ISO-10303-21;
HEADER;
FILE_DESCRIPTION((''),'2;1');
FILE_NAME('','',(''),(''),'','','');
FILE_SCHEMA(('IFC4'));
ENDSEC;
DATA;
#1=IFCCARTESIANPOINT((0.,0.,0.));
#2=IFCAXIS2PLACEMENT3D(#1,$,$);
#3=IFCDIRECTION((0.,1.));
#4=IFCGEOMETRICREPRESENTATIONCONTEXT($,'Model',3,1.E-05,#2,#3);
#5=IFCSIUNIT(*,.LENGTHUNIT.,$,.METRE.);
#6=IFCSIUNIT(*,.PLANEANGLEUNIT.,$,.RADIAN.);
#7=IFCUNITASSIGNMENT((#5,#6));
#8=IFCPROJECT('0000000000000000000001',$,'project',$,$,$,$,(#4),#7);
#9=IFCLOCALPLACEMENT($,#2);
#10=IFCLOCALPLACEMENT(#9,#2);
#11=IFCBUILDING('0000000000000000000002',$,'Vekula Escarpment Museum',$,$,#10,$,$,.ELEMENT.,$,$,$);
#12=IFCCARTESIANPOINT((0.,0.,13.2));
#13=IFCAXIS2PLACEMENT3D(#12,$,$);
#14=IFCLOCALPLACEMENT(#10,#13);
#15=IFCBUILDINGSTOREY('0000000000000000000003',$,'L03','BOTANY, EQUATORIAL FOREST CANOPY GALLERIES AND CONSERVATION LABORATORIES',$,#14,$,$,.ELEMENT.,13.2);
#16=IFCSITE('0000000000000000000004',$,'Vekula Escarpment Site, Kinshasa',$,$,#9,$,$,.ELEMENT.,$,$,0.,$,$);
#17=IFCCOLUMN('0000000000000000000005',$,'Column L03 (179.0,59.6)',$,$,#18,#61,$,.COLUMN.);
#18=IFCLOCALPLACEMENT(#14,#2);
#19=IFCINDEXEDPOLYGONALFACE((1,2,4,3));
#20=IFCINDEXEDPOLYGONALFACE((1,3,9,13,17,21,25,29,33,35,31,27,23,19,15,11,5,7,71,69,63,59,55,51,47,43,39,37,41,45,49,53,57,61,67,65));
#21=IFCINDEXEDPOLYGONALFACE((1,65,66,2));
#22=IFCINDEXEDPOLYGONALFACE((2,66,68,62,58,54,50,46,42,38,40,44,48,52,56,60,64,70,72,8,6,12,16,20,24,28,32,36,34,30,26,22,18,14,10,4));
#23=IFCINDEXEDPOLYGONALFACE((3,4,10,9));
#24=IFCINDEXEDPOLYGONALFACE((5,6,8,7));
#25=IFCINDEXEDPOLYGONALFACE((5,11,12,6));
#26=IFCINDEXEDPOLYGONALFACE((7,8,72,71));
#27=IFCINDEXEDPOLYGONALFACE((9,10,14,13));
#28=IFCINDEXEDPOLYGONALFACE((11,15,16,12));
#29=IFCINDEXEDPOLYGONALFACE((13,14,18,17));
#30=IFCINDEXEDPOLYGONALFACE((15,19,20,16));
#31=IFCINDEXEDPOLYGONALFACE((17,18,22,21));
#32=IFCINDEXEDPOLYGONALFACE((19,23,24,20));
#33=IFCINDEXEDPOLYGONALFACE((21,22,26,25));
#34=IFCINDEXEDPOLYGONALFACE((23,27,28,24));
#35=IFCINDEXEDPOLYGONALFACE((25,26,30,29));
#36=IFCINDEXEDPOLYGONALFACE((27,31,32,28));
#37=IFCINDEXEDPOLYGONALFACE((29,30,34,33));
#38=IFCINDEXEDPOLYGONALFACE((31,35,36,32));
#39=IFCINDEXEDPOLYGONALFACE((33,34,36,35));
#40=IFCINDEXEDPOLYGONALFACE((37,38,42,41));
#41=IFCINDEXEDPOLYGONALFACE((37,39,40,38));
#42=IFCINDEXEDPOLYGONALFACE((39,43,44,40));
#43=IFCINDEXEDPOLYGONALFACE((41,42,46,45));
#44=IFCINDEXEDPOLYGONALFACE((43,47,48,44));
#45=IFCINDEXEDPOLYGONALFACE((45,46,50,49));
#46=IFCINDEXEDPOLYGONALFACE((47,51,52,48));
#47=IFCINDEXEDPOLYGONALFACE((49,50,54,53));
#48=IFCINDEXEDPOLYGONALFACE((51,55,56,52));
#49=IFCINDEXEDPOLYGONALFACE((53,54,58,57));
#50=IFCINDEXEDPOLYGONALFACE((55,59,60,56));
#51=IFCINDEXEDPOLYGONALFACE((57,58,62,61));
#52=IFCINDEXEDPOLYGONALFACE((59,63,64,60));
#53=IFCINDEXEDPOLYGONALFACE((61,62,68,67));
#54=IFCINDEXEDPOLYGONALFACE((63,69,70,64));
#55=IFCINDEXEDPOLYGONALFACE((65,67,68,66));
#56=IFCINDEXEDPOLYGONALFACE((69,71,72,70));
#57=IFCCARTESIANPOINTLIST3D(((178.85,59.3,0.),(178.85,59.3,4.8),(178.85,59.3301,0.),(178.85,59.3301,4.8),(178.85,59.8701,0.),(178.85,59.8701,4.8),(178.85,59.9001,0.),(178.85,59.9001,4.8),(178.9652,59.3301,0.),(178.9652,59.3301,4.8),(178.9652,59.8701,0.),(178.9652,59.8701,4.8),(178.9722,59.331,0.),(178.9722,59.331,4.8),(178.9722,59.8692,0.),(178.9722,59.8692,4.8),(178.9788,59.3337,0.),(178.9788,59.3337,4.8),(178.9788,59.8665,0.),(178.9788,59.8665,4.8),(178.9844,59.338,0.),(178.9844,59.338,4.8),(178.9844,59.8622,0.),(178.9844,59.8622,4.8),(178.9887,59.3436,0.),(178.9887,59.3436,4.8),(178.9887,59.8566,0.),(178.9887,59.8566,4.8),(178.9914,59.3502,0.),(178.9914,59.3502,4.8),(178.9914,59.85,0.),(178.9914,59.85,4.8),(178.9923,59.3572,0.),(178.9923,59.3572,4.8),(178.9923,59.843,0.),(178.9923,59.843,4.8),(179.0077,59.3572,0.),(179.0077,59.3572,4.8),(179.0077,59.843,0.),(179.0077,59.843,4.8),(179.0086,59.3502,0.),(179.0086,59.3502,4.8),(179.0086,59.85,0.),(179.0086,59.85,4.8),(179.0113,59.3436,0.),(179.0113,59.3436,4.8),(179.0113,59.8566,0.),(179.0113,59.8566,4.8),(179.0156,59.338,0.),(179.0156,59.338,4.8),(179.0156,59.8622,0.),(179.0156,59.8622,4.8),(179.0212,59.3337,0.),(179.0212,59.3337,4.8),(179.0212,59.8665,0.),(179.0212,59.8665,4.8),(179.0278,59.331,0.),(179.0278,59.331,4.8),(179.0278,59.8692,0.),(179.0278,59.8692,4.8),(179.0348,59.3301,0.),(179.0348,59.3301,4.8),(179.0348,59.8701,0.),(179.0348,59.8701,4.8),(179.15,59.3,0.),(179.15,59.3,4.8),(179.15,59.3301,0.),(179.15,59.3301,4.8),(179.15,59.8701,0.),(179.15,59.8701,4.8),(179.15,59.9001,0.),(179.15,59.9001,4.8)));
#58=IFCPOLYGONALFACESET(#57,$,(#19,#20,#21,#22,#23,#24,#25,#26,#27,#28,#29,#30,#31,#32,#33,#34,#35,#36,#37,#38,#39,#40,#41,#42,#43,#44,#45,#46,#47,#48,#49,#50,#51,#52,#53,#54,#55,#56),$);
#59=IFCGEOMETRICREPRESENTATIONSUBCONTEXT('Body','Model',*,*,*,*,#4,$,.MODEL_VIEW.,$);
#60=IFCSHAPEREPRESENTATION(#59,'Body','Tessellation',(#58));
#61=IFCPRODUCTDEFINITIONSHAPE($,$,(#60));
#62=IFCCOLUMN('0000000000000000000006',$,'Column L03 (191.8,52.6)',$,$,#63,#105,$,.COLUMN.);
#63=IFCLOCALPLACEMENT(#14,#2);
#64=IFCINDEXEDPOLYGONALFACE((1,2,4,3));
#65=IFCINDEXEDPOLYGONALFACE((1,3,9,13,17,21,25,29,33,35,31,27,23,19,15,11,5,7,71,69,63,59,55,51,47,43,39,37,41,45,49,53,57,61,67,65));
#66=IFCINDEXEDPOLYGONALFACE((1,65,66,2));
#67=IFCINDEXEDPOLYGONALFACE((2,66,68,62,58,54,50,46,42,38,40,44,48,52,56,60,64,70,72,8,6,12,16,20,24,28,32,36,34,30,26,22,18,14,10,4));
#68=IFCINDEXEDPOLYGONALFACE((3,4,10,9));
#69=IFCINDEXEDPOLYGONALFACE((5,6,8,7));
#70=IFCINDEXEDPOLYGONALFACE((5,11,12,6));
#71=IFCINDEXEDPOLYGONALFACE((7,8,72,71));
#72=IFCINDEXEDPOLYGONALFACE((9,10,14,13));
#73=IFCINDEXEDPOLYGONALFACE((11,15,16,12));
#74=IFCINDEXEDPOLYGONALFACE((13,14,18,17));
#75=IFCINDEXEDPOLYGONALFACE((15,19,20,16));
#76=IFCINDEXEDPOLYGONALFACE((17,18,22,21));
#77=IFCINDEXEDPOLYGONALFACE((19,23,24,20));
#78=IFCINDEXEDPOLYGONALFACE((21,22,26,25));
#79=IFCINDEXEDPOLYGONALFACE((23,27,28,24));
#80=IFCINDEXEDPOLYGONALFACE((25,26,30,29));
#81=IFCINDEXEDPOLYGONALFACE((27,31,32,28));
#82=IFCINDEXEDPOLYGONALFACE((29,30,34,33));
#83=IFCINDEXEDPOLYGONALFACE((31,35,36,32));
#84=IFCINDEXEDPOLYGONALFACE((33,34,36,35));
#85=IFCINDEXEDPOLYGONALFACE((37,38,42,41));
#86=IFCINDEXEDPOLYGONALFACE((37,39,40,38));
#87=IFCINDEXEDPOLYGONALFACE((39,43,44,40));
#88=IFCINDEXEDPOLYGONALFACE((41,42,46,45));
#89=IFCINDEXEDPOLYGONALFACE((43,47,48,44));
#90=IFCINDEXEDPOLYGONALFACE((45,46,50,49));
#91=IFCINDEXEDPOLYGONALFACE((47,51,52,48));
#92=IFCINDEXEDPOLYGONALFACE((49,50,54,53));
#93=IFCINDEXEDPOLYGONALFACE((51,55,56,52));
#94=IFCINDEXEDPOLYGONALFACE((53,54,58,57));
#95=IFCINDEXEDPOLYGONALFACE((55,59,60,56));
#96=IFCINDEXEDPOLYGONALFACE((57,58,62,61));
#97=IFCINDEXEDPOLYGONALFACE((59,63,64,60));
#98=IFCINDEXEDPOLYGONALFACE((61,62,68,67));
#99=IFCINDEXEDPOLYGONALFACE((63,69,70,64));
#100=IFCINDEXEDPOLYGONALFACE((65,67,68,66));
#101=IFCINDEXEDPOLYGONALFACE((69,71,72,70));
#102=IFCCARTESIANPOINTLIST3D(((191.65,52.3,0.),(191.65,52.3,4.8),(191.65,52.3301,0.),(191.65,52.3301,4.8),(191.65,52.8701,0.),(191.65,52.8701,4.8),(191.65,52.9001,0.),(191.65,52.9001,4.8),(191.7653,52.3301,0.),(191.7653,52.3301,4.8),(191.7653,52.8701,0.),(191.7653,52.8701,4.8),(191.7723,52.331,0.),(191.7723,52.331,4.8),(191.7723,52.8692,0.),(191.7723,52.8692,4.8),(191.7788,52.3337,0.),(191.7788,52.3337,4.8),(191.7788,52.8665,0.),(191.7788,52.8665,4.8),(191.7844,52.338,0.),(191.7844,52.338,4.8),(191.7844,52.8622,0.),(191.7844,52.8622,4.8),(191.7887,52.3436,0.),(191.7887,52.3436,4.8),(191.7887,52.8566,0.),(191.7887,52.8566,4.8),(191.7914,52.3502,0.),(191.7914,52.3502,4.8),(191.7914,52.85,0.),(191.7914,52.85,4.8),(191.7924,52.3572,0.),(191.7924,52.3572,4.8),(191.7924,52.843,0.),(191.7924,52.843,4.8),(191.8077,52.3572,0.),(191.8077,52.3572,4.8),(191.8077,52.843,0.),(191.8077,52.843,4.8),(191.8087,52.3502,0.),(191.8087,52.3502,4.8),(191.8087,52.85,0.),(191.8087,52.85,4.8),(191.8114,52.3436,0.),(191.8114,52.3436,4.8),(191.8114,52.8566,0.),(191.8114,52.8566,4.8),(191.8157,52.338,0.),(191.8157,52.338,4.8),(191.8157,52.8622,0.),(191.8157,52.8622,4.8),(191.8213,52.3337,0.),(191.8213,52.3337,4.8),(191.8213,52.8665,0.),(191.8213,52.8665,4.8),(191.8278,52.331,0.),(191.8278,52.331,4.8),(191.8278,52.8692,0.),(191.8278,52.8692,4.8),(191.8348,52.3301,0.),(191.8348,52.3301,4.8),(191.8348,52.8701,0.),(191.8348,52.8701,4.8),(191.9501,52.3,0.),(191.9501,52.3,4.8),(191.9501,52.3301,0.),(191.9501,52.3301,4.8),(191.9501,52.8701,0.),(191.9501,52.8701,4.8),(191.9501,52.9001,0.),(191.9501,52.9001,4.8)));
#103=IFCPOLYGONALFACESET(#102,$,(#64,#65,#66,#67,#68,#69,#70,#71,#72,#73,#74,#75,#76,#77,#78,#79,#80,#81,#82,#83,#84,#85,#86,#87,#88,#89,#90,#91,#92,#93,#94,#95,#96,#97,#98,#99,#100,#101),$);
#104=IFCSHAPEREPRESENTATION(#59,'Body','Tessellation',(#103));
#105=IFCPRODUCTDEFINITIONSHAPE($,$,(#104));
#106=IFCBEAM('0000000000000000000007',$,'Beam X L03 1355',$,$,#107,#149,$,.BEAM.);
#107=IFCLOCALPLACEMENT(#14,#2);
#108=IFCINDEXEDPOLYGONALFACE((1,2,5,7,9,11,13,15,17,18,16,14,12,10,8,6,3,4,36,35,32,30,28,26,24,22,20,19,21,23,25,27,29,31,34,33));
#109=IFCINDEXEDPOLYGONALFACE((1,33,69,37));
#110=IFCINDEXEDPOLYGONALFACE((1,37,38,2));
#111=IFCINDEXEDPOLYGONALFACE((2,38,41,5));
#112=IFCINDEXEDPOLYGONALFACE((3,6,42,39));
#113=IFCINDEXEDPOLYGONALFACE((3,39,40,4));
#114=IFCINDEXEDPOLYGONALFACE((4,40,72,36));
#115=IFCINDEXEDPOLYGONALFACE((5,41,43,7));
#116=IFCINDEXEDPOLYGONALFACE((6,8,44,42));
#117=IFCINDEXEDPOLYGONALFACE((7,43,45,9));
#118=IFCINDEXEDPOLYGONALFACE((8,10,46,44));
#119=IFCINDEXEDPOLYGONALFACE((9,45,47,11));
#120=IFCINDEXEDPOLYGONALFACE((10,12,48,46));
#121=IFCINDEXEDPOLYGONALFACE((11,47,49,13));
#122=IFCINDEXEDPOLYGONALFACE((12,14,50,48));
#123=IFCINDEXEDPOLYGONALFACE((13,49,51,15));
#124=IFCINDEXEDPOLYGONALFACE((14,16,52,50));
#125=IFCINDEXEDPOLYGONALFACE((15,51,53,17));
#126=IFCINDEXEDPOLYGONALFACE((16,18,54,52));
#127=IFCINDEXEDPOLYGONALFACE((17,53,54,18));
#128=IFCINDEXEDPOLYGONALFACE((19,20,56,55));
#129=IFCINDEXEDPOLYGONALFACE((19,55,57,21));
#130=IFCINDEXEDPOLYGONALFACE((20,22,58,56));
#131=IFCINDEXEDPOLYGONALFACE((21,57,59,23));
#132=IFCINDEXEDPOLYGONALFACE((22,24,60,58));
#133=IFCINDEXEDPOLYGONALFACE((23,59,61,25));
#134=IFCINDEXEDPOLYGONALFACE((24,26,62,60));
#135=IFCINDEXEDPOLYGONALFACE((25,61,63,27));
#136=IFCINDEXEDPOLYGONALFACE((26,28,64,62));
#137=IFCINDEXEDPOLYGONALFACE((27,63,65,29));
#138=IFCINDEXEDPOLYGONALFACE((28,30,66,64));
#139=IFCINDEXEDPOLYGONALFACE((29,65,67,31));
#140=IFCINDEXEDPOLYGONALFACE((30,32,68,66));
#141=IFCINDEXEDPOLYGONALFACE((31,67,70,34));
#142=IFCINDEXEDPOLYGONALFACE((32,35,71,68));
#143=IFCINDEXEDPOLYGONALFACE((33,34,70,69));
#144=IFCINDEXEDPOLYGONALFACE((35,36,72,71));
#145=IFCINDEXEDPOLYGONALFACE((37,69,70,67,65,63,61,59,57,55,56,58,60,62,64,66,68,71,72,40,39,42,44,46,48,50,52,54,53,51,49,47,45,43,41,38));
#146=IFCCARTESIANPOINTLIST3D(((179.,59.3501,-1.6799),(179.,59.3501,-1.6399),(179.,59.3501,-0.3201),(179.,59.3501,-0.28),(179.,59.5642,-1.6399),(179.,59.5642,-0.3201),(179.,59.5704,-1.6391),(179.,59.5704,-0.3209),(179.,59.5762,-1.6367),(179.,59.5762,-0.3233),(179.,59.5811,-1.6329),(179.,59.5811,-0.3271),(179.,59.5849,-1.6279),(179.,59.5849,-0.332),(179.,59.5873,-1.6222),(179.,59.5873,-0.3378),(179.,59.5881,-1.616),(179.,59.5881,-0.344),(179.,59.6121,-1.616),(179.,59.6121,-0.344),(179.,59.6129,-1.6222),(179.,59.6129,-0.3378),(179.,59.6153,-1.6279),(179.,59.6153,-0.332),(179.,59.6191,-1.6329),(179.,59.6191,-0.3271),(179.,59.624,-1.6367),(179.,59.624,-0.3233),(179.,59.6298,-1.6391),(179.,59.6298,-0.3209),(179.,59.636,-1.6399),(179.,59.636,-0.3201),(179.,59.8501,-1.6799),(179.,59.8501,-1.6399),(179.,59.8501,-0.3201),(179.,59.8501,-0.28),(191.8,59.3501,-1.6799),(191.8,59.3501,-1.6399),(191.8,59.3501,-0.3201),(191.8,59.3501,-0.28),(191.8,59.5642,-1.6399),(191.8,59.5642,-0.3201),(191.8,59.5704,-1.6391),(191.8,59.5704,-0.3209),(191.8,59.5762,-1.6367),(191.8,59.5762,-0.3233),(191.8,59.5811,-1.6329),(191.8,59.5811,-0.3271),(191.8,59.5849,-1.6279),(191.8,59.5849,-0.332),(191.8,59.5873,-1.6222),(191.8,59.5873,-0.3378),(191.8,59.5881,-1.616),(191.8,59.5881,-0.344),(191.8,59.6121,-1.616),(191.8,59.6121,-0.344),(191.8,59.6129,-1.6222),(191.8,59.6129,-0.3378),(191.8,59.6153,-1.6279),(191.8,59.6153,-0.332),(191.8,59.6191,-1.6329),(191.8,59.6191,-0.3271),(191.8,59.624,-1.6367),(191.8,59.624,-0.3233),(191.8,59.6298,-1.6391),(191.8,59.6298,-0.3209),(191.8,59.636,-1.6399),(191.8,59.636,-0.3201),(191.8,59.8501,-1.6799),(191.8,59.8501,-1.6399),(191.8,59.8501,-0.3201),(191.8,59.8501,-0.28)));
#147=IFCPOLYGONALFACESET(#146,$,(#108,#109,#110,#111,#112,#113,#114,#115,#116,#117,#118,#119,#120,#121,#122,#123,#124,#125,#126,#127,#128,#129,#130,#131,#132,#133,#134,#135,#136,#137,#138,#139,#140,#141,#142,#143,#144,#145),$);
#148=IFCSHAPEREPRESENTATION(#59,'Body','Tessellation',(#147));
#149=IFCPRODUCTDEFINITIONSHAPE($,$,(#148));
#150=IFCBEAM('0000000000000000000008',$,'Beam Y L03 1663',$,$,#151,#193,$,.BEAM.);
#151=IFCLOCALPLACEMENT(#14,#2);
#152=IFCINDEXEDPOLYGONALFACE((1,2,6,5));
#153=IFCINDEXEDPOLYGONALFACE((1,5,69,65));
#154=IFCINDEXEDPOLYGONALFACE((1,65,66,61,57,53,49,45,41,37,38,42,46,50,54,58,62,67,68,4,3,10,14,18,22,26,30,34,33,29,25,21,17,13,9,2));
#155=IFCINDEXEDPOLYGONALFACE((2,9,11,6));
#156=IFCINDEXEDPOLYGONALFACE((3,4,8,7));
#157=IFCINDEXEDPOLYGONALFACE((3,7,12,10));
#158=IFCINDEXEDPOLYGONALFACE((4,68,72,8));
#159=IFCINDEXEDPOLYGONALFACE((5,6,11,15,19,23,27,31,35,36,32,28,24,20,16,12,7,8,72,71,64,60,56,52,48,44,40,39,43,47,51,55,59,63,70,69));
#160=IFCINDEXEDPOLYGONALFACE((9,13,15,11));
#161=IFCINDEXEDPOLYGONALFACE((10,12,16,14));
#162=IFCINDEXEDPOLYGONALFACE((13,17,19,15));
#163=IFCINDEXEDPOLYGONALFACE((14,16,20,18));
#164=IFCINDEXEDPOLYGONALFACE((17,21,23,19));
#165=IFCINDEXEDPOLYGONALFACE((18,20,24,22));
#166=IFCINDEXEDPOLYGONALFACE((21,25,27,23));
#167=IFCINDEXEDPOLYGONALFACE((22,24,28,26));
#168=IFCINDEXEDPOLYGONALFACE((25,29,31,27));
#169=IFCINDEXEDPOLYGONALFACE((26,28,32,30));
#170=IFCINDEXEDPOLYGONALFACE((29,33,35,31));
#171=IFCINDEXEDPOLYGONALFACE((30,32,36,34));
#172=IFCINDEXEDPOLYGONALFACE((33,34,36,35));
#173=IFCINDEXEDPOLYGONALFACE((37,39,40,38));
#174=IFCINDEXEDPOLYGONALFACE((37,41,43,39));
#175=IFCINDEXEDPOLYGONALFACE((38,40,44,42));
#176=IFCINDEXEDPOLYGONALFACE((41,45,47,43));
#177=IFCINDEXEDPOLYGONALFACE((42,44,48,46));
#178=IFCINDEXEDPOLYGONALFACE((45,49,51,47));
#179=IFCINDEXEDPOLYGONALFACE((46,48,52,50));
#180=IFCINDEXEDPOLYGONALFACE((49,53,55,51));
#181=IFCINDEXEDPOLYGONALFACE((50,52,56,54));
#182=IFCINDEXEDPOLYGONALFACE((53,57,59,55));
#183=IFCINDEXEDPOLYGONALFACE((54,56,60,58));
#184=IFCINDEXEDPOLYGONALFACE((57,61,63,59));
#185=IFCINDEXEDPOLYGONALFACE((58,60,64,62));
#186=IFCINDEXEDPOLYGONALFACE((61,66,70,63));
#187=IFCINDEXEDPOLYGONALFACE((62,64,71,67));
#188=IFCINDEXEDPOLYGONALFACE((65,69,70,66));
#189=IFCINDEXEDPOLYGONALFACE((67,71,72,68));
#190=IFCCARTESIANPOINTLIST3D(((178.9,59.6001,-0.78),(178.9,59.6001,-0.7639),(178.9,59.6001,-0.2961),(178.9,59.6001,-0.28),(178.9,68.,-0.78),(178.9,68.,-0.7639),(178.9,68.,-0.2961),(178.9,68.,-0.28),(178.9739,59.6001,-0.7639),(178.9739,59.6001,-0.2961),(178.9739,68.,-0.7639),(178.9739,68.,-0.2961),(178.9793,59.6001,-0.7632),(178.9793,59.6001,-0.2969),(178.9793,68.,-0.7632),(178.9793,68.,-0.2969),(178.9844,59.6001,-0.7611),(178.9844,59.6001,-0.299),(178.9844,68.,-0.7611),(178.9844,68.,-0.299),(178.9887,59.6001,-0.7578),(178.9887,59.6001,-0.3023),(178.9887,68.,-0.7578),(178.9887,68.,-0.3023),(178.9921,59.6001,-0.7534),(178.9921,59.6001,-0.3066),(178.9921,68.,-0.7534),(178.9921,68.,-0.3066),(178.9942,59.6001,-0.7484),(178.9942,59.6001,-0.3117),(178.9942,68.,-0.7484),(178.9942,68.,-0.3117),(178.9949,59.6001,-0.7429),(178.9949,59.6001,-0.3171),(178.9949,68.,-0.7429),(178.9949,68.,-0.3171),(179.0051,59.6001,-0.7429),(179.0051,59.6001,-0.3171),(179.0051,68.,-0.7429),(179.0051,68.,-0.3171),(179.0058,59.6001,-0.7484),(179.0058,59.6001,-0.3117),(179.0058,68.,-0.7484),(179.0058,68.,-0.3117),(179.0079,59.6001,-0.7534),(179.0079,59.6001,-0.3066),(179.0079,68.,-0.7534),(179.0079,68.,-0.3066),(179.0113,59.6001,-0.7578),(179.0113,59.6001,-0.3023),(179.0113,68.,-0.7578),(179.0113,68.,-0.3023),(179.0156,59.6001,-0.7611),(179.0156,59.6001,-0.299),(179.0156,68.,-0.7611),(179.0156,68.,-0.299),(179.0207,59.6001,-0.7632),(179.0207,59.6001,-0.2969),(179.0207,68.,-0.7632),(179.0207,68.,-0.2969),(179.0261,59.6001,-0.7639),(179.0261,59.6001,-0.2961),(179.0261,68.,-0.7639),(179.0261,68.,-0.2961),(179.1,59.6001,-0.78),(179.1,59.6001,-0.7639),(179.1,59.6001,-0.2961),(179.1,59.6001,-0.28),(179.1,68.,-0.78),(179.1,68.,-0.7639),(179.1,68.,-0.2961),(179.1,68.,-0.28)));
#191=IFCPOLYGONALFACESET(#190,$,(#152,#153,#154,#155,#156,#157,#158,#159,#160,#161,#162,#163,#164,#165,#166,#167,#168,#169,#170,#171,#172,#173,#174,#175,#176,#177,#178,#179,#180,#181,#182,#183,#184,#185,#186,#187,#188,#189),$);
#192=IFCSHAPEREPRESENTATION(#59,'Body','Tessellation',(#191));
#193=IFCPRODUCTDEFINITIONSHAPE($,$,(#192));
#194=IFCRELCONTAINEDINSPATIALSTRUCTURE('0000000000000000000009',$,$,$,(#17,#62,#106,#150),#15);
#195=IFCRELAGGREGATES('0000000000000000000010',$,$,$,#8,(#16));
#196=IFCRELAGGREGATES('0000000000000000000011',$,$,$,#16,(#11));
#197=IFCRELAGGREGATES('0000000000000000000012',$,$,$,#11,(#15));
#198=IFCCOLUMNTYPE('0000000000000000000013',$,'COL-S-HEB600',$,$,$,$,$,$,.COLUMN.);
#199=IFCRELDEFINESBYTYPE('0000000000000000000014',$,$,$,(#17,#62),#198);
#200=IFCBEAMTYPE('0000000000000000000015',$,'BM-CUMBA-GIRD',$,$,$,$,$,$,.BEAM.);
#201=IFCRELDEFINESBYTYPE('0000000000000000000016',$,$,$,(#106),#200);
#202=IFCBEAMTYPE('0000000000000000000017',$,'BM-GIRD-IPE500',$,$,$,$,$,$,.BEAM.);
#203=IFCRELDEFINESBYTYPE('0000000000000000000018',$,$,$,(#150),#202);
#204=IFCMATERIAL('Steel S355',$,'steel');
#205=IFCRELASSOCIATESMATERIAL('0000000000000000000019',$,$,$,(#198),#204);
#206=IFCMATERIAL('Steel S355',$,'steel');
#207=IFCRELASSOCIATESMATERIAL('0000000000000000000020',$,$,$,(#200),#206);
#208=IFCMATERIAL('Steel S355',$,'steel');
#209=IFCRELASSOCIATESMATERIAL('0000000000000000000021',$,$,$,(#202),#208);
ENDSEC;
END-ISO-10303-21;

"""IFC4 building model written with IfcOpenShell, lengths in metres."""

from ifc_helpers import new_model, si_unit, direction, frame, origin, origin_2d, place, context, subcontext, project, spatial, i_section, extrude, material, material_profile, profile_set, type_object, element, save


model = new_model("IFC4")

# Units and contexts
model_context = context("Model", 3, precision=1e-05, world=origin(), true_north=direction((0.0, 1.0)))
body_context = subcontext(model_context, "Body", "Model", "MODEL_VIEW")
ifc_project = project(units=[si_unit("LENGTHUNIT", "METRE"), si_unit("PLANEANGLEUNIT", "RADIAN")], contexts=[model_context])

# Site, building, storey
site_placement = place(None, origin())
site = spatial("IfcSite", under=ifc_project, at=site_placement, Name="Vekula Escarpment Site, Kinshasa", CompositionType="ELEMENT", RefElevation=0.0)
building_placement = place(site_placement, origin())
building = spatial("IfcBuilding", under=site, at=building_placement, Name="Vekula Escarpment Museum", CompositionType="ELEMENT")
storey_placement = place(building_placement, frame((0.0, 0.0, 13.2)))
storey = spatial("IfcBuildingStorey", under=building, at=storey_placement, Name="L03", Description="BOTANY, EQUATORIAL FOREST CANOPY GALLERIES AND CONSERVATION LABORATORIES", CompositionType="ELEMENT", Elevation=13.2)

# Columns
ifc_material_1 = material(Name="Steel S355", Category="steel")
ifc_material_profile_1 = material_profile(ifc_material_1, i_section(OverallWidth=0.3, OverallDepth=0.6001, WebThickness=0.0154, FlangeThickness=0.03, FilletRadius=0.0271, at=origin_2d()), Name="HEB 600")
ifc_profile_set_1 = profile_set([ifc_material_profile_1], Name="Steel S355")
column_type = type_object("IfcColumnType", Name="COL-S-HEB600", PredefinedType="COLUMN", material=ifc_profile_set_1)
for number, where, z_axis, x_axis, name in (
    (1, (179.0, 59.6001, 0.0), (0.0, 0.0, 1.0), (1.0, 0.0, 0.0), "Column L03 (179.0,59.6)"),
    (2, (191.8, 52.6001, 0.0), (0.0, 0.0, 1.0), (1.0, 0.0, 0.0), "Column L03 (191.8,52.6)"),
):
    element("IfcColumn", number, at=place(storey_placement, frame(where, z_axis=z_axis, x_axis=x_axis)), inside=storey, type_object=column_type, Name=name, PredefinedType="COLUMN", context=body_context, shape_type="SweptSolid", body=[
        extrude(i_section(OverallWidth=0.3, OverallDepth=0.6001, WebThickness=0.0154, FlangeThickness=0.03, FilletRadius=0.0271, at=origin_2d()), origin(), (0.0, 0.0, 1.0), 4.8),
    ])

# Beams
ifc_material_2 = material(Name="Steel S355", Category="steel")
ifc_material_profile_2 = material_profile(ifc_material_2, i_section(OverallWidth=0.5, OverallDepth=1.3999, WebThickness=0.0239, FlangeThickness=0.04, FilletRadius=0.0239, at=origin_2d()), Name="WPG 1400x500")
ifc_profile_set_2 = profile_set([ifc_material_profile_2], Name="Steel S355")
beam_type_1 = type_object("IfcBeamType", Name="BM-CUMBA-GIRD", PredefinedType="BEAM", material=ifc_profile_set_2)
beam_1_placement = place(storey_placement, frame((179.0, 59.6001, -0.98), z_axis=(1.0, 0.0, 0.0), x_axis=(0.0, 1.0, 0.0)))
element("IfcBeam", 3, at=beam_1_placement, inside=storey, type_object=beam_type_1, Name="Beam X L03 1355", PredefinedType="BEAM", context=body_context, shape_type="SweptSolid", body=[
    extrude(i_section(OverallWidth=0.5, OverallDepth=1.3999, WebThickness=0.0239, FlangeThickness=0.04, FilletRadius=0.0239, at=origin_2d()), origin(), (0.0, 0.0, 1.0), 12.8),
])
ifc_material_3 = material(Name="Steel S355", Category="steel")
ifc_material_profile_3 = material_profile(ifc_material_3, i_section(OverallWidth=0.2, OverallDepth=0.5, WebThickness=0.0103, FlangeThickness=0.0161, FilletRadius=0.021, at=origin_2d()), Name="IPE 500")
ifc_profile_set_3 = profile_set([ifc_material_profile_3], Name="Steel S355")
beam_type_2 = type_object("IfcBeamType", Name="BM-GIRD-IPE500", PredefinedType="BEAM", material=ifc_profile_set_3)
beam_2_placement = place(storey_placement, frame((179.0, 59.6001, -0.53), z_axis=(0.0, 1.0, 0.0), x_axis=(-1.0, 0.0, 0.0)))
element("IfcBeam", 4, at=beam_2_placement, inside=storey, type_object=beam_type_2, Name="Beam Y L03 1663", PredefinedType="BEAM", context=body_context, shape_type="SweptSolid", body=[
    extrude(i_section(OverallWidth=0.2, OverallDepth=0.5, WebThickness=0.0103, FlangeThickness=0.0161, FilletRadius=0.021, at=origin_2d()), origin(), (0.0, 0.0, 1.0), 8.3999),
])

save(model, "model.ifc")
